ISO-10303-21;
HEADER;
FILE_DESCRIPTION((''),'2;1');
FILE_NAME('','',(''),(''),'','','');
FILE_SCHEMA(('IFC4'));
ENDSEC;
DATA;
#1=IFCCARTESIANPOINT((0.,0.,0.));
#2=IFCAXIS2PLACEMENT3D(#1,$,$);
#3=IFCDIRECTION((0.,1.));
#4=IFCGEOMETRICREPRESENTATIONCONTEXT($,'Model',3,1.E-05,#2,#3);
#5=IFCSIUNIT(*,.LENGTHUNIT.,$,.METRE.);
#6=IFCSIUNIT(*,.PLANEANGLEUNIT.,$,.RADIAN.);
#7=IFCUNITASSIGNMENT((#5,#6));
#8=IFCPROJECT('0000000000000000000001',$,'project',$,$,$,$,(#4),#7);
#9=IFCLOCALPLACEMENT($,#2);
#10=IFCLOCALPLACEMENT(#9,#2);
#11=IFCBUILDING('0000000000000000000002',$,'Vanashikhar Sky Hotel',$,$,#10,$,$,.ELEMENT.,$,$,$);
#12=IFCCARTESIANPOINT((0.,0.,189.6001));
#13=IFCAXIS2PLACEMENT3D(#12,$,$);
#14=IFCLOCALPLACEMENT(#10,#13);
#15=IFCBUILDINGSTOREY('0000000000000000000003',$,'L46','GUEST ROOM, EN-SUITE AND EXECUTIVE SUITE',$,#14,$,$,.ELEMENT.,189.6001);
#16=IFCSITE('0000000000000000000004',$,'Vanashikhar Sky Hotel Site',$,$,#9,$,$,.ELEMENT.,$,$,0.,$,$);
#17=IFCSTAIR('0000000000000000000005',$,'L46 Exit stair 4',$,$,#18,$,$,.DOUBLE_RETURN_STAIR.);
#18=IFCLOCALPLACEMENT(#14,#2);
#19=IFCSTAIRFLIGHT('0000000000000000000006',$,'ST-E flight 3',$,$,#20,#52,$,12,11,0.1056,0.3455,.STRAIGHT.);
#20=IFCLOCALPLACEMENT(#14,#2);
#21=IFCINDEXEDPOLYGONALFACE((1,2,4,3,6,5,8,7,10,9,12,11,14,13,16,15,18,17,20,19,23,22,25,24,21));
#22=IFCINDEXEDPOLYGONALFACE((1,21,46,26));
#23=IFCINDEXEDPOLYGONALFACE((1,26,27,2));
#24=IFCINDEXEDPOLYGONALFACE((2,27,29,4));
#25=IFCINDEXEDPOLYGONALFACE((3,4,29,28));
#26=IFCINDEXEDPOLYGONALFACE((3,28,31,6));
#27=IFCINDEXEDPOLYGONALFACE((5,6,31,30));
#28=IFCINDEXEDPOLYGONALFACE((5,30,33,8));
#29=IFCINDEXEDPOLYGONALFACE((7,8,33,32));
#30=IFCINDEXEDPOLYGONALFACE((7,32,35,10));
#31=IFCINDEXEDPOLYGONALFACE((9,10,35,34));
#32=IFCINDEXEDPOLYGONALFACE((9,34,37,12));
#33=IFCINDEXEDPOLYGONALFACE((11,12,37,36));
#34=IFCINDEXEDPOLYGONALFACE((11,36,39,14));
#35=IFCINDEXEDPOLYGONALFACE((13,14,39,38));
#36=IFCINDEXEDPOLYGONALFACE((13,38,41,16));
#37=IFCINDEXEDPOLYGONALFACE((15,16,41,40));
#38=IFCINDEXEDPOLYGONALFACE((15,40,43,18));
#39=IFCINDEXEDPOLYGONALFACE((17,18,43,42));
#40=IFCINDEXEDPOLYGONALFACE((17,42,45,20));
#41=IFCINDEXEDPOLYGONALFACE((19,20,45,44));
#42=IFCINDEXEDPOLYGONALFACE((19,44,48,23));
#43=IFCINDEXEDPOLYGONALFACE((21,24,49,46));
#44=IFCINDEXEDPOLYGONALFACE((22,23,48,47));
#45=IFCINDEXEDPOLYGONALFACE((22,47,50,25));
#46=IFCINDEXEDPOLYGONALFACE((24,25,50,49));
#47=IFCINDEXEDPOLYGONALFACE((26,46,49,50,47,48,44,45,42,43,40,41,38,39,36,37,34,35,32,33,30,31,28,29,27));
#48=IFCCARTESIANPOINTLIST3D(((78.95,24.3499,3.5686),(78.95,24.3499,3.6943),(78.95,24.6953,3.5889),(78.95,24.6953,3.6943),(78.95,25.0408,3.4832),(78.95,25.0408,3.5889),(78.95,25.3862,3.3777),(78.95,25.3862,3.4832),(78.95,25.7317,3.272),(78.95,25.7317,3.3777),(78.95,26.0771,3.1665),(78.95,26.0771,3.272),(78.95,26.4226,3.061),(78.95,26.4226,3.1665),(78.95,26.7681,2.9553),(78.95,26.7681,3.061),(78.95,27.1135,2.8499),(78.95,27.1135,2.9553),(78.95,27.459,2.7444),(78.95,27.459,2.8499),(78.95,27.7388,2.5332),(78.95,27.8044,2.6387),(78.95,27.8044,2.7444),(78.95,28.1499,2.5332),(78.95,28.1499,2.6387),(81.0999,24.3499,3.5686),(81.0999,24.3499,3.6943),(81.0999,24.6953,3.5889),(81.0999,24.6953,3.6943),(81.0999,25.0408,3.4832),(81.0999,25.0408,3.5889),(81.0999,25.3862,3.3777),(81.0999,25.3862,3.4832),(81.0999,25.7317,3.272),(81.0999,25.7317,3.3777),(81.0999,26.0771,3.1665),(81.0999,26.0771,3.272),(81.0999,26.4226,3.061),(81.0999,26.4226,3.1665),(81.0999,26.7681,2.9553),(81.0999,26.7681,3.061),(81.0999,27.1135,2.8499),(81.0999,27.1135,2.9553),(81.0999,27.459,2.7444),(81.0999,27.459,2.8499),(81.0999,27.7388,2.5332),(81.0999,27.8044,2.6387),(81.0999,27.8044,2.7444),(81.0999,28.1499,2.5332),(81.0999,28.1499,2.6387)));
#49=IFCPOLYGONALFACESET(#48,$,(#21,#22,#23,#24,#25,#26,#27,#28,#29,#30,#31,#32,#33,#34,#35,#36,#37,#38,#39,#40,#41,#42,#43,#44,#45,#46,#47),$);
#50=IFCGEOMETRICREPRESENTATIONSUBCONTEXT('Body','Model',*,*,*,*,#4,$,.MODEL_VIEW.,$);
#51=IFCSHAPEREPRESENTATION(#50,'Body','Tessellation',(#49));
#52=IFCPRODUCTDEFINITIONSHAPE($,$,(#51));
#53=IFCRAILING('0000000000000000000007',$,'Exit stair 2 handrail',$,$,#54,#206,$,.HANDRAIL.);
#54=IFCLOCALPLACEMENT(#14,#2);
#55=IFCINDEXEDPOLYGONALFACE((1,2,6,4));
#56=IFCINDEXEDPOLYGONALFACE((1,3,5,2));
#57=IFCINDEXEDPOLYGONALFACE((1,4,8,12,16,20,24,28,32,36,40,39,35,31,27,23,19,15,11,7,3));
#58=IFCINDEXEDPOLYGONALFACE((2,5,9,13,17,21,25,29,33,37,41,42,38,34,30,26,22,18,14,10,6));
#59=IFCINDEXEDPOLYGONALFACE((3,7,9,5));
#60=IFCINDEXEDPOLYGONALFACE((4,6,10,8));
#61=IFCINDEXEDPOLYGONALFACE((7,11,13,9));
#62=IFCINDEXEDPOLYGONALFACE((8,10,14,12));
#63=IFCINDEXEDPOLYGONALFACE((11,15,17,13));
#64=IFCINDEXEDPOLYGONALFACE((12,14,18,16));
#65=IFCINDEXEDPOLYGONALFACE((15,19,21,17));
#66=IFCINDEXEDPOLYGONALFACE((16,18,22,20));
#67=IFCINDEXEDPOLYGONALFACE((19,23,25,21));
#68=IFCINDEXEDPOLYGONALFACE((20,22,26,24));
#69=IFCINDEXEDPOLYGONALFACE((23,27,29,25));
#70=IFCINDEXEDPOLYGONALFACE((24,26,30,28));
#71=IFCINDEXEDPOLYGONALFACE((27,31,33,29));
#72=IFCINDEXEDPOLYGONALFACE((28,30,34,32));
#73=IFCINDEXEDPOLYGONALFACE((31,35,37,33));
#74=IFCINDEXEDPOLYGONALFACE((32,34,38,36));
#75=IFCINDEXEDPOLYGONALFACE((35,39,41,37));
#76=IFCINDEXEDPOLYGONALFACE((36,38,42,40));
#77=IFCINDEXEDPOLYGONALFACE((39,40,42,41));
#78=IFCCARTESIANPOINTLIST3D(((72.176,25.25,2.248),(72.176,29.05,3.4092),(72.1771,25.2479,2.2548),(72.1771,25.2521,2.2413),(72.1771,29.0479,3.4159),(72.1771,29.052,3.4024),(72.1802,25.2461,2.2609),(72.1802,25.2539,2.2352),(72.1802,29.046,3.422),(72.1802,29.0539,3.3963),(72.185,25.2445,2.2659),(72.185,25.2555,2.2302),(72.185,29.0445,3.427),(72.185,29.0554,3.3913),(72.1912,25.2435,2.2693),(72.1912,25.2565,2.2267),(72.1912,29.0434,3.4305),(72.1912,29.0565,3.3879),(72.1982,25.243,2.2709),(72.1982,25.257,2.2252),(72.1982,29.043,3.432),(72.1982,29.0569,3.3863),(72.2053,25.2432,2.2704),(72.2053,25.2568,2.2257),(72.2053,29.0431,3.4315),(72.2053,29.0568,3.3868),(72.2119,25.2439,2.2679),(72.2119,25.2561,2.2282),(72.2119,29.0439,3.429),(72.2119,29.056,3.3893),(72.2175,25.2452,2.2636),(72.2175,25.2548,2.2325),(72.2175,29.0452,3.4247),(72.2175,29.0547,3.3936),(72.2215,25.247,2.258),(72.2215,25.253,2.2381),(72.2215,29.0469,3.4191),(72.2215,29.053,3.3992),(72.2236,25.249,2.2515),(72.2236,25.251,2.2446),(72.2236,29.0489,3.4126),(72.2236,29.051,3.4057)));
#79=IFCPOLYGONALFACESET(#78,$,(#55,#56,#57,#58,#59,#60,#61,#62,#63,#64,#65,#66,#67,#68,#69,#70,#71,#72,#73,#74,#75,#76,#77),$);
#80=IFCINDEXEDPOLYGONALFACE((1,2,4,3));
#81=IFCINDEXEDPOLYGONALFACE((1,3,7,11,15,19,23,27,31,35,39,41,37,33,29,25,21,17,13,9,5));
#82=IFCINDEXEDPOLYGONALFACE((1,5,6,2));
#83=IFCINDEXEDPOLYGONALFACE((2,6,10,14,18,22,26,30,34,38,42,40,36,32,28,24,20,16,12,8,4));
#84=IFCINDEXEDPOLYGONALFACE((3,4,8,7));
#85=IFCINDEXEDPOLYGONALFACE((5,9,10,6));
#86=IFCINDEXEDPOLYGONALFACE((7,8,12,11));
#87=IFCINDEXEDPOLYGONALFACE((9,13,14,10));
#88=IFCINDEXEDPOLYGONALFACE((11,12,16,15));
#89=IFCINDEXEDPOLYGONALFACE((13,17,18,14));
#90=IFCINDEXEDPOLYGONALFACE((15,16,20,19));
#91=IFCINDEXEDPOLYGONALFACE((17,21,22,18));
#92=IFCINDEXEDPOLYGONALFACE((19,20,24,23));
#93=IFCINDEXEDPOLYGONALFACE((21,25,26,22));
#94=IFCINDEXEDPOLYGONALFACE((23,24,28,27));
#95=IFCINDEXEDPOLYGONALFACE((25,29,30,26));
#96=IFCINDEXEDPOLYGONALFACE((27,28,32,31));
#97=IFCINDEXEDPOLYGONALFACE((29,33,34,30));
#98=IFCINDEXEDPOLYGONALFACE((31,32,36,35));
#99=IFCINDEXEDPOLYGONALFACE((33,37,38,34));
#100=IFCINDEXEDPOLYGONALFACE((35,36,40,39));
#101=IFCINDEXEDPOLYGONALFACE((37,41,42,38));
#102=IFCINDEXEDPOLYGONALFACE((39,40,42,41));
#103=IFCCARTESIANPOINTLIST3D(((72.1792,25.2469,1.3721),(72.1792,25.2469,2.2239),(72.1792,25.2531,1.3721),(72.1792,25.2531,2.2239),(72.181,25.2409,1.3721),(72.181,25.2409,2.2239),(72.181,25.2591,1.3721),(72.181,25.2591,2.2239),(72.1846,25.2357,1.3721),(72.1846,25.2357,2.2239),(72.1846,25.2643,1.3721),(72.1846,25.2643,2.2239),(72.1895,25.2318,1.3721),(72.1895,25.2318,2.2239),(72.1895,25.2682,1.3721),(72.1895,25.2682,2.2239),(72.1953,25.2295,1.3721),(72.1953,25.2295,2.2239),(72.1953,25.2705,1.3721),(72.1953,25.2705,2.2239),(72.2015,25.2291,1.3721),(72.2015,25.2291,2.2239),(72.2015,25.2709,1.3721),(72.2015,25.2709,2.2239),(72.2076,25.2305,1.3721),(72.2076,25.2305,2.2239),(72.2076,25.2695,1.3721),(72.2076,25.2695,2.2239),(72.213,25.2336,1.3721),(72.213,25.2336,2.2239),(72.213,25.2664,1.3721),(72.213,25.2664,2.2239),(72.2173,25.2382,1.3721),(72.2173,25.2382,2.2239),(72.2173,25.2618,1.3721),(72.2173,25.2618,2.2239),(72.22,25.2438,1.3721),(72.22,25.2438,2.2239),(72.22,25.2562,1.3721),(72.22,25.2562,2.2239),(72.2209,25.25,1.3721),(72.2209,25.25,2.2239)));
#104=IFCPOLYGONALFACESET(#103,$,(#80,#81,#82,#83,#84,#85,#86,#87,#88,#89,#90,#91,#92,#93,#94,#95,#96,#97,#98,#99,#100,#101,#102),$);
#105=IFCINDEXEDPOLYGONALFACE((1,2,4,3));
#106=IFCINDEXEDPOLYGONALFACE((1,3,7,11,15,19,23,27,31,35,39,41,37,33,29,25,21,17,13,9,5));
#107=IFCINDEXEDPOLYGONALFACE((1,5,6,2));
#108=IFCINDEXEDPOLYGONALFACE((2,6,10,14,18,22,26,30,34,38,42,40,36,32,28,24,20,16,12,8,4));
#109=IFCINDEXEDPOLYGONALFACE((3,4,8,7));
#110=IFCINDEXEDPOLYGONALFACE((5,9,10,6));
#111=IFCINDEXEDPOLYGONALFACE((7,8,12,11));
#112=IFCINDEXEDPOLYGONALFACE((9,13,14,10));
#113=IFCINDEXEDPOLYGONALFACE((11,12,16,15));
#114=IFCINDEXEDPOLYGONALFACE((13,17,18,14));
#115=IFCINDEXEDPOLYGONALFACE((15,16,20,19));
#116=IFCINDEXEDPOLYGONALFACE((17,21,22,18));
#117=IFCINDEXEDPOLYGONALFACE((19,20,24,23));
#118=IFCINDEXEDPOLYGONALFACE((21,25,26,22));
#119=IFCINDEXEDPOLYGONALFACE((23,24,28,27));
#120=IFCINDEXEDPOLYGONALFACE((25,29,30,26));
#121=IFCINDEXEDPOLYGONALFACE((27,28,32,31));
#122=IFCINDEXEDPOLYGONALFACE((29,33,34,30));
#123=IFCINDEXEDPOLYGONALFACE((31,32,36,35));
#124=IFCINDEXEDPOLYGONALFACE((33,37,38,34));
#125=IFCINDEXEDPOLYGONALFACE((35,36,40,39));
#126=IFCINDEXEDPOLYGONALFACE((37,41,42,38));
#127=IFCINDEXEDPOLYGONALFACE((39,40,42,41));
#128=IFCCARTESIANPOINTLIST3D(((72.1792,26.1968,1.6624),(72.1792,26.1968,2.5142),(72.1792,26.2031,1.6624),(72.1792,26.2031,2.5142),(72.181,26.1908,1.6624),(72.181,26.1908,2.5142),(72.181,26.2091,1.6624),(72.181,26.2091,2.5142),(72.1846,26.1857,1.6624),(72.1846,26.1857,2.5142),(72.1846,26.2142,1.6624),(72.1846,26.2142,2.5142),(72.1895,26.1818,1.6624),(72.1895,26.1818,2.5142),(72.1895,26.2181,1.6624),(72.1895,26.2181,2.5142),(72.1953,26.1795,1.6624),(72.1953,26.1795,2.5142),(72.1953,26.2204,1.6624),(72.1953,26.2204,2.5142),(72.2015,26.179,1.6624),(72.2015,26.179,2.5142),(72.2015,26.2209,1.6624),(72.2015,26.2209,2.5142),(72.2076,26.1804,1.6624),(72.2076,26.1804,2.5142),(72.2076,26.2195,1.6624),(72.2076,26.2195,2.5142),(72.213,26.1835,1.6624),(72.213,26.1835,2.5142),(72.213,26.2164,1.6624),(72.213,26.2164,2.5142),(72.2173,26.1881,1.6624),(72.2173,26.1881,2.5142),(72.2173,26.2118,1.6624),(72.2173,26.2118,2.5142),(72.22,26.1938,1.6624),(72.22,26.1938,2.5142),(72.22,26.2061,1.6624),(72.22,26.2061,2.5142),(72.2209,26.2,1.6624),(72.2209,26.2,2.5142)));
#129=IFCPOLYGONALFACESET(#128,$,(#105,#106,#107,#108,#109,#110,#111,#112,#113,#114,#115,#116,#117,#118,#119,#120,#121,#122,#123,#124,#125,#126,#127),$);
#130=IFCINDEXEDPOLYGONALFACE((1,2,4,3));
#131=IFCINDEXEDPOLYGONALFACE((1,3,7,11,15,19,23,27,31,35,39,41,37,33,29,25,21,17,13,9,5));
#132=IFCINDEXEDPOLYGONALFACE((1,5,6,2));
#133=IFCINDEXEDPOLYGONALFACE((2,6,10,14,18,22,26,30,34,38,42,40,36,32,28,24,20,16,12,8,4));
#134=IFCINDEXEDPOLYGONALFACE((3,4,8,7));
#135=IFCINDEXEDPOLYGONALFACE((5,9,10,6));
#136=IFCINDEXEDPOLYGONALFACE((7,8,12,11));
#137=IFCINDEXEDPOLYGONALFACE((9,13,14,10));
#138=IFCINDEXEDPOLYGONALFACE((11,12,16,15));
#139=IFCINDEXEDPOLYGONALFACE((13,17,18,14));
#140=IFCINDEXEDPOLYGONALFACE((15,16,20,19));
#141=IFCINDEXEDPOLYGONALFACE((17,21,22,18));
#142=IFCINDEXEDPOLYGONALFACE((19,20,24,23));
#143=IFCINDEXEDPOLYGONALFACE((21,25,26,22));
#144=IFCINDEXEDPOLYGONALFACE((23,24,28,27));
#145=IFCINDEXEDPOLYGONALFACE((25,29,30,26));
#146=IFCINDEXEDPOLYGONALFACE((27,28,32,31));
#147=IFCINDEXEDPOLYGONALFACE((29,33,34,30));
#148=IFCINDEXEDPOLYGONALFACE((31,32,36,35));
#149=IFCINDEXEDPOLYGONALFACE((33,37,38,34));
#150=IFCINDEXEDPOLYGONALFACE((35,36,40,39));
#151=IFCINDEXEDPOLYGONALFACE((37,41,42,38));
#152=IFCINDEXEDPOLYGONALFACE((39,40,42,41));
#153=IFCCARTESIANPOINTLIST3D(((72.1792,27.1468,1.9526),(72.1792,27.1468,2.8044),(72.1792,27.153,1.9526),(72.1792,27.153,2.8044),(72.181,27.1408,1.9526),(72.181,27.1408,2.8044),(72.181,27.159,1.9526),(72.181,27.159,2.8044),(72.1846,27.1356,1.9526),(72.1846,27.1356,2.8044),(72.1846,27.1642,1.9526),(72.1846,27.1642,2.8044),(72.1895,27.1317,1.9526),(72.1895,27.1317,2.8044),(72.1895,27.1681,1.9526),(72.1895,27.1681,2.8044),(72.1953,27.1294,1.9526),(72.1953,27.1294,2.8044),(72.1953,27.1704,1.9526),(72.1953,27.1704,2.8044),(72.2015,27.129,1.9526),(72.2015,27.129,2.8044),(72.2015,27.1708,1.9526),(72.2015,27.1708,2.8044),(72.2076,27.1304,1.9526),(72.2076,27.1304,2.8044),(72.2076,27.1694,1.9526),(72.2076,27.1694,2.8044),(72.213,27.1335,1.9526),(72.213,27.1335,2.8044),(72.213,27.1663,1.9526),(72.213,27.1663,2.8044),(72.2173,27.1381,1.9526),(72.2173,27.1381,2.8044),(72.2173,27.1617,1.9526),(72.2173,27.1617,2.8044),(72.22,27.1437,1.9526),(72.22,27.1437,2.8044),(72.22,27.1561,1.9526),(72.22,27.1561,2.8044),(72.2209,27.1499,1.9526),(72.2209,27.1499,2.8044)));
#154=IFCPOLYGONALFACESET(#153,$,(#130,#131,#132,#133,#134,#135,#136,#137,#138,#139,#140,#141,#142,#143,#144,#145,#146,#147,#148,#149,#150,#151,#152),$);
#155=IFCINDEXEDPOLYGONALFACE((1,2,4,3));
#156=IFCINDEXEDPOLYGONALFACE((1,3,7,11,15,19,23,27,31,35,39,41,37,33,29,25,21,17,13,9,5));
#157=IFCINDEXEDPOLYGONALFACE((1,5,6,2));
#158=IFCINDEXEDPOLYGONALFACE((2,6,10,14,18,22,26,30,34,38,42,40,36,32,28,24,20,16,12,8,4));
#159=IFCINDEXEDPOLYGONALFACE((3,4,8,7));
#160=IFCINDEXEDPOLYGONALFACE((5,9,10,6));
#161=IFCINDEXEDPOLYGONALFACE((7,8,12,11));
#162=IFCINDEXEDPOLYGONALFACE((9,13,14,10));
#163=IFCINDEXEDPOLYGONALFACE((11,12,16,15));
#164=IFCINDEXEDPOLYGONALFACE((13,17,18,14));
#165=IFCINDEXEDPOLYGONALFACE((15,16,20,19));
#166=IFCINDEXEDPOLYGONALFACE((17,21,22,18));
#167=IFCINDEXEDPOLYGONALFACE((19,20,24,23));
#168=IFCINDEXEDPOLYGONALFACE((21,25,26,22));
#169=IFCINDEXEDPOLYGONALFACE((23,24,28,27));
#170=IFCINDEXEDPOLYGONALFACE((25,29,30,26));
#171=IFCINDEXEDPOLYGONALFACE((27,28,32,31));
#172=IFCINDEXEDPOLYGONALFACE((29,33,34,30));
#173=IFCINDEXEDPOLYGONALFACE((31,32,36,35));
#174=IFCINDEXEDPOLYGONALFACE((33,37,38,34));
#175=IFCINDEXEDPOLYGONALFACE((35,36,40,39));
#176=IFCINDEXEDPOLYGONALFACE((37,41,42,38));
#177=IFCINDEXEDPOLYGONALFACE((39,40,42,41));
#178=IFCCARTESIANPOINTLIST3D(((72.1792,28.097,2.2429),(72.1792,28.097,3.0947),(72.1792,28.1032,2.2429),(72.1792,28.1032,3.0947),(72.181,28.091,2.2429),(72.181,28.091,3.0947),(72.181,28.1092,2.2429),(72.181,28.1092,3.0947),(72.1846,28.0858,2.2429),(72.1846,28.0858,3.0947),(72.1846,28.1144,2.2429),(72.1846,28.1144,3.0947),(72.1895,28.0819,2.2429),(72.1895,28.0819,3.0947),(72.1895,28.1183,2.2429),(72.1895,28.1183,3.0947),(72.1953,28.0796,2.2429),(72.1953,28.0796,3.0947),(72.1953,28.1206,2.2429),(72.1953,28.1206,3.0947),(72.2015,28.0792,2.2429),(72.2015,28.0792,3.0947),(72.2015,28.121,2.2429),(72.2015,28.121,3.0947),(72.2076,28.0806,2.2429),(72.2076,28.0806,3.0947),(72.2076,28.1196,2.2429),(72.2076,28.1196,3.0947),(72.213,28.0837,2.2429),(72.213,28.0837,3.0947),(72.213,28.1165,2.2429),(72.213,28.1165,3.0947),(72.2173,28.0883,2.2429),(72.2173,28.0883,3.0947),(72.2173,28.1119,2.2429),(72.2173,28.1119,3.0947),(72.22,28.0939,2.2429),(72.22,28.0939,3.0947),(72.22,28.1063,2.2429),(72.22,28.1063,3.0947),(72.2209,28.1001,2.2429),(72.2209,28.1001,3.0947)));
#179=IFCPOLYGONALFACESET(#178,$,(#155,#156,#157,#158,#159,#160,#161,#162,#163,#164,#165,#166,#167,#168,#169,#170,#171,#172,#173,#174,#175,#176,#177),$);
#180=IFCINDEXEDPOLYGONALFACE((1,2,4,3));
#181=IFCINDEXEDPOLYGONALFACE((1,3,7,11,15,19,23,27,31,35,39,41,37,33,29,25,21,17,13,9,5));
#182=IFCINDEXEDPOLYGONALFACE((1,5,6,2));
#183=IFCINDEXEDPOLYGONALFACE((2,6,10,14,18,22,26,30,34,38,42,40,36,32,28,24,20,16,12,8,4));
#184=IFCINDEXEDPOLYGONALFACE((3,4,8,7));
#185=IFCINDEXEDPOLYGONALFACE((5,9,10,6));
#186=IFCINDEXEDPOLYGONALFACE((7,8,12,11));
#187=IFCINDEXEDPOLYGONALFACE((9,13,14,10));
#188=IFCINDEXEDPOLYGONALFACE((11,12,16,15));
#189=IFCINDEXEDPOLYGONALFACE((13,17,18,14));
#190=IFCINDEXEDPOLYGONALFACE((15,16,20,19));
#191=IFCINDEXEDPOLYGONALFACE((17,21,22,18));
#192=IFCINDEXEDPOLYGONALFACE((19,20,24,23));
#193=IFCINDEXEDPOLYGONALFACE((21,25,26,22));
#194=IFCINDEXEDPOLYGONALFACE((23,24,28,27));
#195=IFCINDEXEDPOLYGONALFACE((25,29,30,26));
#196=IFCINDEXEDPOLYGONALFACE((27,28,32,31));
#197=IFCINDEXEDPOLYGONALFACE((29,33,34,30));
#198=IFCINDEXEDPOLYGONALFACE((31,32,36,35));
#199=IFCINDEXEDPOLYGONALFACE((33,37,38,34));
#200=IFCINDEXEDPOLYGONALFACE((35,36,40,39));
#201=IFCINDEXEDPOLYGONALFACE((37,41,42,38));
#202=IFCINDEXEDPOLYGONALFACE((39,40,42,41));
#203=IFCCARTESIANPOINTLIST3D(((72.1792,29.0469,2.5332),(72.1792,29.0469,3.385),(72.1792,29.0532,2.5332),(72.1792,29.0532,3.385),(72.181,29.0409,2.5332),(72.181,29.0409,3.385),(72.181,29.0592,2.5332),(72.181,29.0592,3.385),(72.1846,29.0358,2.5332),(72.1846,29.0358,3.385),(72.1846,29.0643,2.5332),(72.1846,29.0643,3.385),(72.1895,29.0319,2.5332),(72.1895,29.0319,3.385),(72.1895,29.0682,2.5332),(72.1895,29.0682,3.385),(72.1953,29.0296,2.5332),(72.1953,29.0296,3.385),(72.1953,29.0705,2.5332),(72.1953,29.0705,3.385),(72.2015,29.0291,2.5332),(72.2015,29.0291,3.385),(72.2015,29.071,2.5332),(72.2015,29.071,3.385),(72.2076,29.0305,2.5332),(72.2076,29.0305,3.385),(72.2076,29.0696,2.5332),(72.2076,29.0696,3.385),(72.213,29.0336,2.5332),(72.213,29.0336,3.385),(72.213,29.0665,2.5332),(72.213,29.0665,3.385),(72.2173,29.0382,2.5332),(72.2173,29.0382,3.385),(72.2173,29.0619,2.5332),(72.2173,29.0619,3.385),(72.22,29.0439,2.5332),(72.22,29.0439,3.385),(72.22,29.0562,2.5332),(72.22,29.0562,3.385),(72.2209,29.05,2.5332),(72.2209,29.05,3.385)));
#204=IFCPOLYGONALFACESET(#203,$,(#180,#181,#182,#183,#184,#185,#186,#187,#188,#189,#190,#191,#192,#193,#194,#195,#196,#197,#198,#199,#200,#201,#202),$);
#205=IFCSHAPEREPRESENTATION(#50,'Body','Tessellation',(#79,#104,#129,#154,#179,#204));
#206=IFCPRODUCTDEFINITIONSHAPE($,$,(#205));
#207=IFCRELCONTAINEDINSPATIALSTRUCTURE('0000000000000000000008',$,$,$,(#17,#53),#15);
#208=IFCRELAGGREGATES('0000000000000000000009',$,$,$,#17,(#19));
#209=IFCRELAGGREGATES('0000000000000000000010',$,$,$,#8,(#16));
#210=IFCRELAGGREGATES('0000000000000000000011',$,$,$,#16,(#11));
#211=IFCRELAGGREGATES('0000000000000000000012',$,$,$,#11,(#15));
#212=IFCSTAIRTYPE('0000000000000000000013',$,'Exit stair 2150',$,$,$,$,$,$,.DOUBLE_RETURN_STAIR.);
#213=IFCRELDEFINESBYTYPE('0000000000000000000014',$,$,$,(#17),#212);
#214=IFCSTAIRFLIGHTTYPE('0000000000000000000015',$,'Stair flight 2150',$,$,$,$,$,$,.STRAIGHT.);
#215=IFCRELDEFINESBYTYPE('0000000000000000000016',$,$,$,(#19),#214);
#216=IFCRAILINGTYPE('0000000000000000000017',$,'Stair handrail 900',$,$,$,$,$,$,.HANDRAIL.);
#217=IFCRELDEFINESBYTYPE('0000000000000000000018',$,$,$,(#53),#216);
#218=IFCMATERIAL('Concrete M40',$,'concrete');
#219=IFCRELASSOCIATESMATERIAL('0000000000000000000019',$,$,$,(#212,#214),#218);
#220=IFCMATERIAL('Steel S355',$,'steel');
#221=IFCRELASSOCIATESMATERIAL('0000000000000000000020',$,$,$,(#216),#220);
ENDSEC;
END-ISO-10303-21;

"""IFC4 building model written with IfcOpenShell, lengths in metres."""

from ifc_helpers import new_model, si_unit, direction, frame, origin, origin_2d, place, context, subcontext, project, spatial, polyline, circle, outline, extrude, source, transform, mapped, material, type_object, element, aggregate, save


model = new_model("IFC4")

# Units and contexts
model_context = context("Model", 3, precision=1e-05, world=origin(), true_north=direction((0.0, 1.0)))
body_context = subcontext(model_context, "Body", "Model", "MODEL_VIEW")
ifc_project = project(units=[si_unit("LENGTHUNIT", "METRE"), si_unit("PLANEANGLEUNIT", "RADIAN")], contexts=[model_context])

# Site, building, storey
site_placement = place(None, origin())
site = spatial("IfcSite", under=ifc_project, at=site_placement, Name="Vanashikhar Sky Hotel Site", CompositionType="ELEMENT", RefElevation=0.0)
building_placement = place(site_placement, origin())
building = spatial("IfcBuilding", under=site, at=building_placement, Name="Vanashikhar Sky Hotel", CompositionType="ELEMENT")
storey_placement = place(building_placement, frame((0.0, 0.0, 189.6001)))
storey = spatial("IfcBuildingStorey", under=building, at=storey_placement, Name="L46", Description="GUEST ROOM, EN-SUITE AND EXECUTIVE SUITE", CompositionType="ELEMENT", Elevation=189.6001)

# Shared definitions
ifc_material_1 = material(Name="Concrete M40", Category="concrete")
stair_type = type_object("IfcStairType", Name="Exit stair 2150", PredefinedType="DOUBLE_RETURN_STAIR", material=ifc_material_1)
stair_flight_type = type_object("IfcStairFlightType", Name="Stair flight 2150", PredefinedType="STRAIGHT", material=ifc_material_1)
shared_shape_1 = source(origin(), body_context, "Body", "SweptSolid", [
    extrude(outline(polyline([(0.0, 0.0), (0.0, 0.1055), (0.3455, 0.1055), (0.3455, 0.2112), (0.6909, 0.2112), (0.6909, 0.3167), (1.0364, 0.3167), (1.0364, 0.4221), (1.3818, 0.4221), (1.3818, 0.5278), (1.7273, 0.5278), (1.7273, 0.6333), (2.0728, 0.6333), (2.0728, 0.7388), (2.4182, 0.7388), (2.4182, 0.8445), (2.7637, 0.8445), (2.7637, 0.95), (3.1091, 0.95), (3.1091, 1.0557), (3.4546, 1.0557), (3.4546, 1.1611), (3.8, 1.1611), (3.8, 1.2666), (3.8, 1.0354), (0.4111, 0.0), (0.0, 0.0)])), frame((0.0, 1.075, 0.0), z_axis=(0.0, -1.0, 0.0), x_axis=(1.0, 0.0, 0.0)), (0.0, 0.0, 1.0), 2.1499),
])

# Stair, stair flight
stair_1_placement = place(storey_placement, origin())
stair_1 = element("IfcStair", 1, at=stair_1_placement, inside=storey, type_object=stair_type, Name="L46 Exit stair 4", PredefinedType="DOUBLE_RETURN_STAIR")
stair_flight_1_placement = place(storey_placement, frame((80.0249, 28.1499, 2.5332), z_axis=(0.0, 0.0, 1.0), x_axis=(0.0, -1.0, 0.0)))
stair_flight_1 = element("IfcStairFlight", 2, at=stair_flight_1_placement, type_object=stair_flight_type, Name="ST-E flight 3", NumberOfRisers=12, NumberOfTreads=11, PredefinedType="STRAIGHT", RiserHeight=0.1056, TreadLength=0.3455, context=body_context, shape_type="MappedRepresentation", body=[
    mapped(shared_shape_1, transform((0.0, 0.0, 0.0), scale=1.0)),
])
aggregate(stair_1, [stair_flight_1])

# Railing
ifc_material_2 = material(Name="Steel S355", Category="steel")
railing_type_1 = type_object("IfcRailingType", Name="Stair handrail 900", PredefinedType="HANDRAIL", material=ifc_material_2)
shared_shape_2 = source(origin(), body_context, "Body", "SweptSolid", [
    extrude(circle(Radius=0.0239, at=origin_2d()), frame((0.0, 0.0, 0.876), z_axis=(0.0, 0.956351, 0.29222), x_axis=(-1.0, 0.0, 0.0)), (0.0, 0.0, 1.0), 3.9734),
    extrude(circle(Radius=0.021, at=origin_2d()), origin(), (0.0, 0.0, 1.0), 0.8518),
    extrude(circle(Radius=0.021, at=origin_2d()), frame((0.0, 0.95, 0.2903)), (0.0, 0.0, 1.0), 0.8518),
    extrude(circle(Radius=0.021, at=origin_2d()), frame((0.0, 1.8999, 0.5806)), (0.0, 0.0, 1.0), 0.8518),
    extrude(circle(Radius=0.021, at=origin_2d()), frame((0.0, 2.8501, 0.8708)), (0.0, 0.0, 1.0), 0.8518),
    extrude(circle(Radius=0.021, at=origin_2d()), frame((0.0, 3.8, 1.1611)), (0.0, 0.0, 1.0), 0.8518),
])
railing_1_placement = place(storey_placement, frame((72.2, 25.25, 1.3721)))
element("IfcRailing", 3, at=railing_1_placement, inside=storey, type_object=railing_type_1, Name="Exit stair 2 handrail", PredefinedType="HANDRAIL", context=body_context, shape_type="MappedRepresentation", body=[
    mapped(shared_shape_2, transform((0.0, 0.0, 0.0), scale=1.0)),
])

save(model, "model.ifc")
